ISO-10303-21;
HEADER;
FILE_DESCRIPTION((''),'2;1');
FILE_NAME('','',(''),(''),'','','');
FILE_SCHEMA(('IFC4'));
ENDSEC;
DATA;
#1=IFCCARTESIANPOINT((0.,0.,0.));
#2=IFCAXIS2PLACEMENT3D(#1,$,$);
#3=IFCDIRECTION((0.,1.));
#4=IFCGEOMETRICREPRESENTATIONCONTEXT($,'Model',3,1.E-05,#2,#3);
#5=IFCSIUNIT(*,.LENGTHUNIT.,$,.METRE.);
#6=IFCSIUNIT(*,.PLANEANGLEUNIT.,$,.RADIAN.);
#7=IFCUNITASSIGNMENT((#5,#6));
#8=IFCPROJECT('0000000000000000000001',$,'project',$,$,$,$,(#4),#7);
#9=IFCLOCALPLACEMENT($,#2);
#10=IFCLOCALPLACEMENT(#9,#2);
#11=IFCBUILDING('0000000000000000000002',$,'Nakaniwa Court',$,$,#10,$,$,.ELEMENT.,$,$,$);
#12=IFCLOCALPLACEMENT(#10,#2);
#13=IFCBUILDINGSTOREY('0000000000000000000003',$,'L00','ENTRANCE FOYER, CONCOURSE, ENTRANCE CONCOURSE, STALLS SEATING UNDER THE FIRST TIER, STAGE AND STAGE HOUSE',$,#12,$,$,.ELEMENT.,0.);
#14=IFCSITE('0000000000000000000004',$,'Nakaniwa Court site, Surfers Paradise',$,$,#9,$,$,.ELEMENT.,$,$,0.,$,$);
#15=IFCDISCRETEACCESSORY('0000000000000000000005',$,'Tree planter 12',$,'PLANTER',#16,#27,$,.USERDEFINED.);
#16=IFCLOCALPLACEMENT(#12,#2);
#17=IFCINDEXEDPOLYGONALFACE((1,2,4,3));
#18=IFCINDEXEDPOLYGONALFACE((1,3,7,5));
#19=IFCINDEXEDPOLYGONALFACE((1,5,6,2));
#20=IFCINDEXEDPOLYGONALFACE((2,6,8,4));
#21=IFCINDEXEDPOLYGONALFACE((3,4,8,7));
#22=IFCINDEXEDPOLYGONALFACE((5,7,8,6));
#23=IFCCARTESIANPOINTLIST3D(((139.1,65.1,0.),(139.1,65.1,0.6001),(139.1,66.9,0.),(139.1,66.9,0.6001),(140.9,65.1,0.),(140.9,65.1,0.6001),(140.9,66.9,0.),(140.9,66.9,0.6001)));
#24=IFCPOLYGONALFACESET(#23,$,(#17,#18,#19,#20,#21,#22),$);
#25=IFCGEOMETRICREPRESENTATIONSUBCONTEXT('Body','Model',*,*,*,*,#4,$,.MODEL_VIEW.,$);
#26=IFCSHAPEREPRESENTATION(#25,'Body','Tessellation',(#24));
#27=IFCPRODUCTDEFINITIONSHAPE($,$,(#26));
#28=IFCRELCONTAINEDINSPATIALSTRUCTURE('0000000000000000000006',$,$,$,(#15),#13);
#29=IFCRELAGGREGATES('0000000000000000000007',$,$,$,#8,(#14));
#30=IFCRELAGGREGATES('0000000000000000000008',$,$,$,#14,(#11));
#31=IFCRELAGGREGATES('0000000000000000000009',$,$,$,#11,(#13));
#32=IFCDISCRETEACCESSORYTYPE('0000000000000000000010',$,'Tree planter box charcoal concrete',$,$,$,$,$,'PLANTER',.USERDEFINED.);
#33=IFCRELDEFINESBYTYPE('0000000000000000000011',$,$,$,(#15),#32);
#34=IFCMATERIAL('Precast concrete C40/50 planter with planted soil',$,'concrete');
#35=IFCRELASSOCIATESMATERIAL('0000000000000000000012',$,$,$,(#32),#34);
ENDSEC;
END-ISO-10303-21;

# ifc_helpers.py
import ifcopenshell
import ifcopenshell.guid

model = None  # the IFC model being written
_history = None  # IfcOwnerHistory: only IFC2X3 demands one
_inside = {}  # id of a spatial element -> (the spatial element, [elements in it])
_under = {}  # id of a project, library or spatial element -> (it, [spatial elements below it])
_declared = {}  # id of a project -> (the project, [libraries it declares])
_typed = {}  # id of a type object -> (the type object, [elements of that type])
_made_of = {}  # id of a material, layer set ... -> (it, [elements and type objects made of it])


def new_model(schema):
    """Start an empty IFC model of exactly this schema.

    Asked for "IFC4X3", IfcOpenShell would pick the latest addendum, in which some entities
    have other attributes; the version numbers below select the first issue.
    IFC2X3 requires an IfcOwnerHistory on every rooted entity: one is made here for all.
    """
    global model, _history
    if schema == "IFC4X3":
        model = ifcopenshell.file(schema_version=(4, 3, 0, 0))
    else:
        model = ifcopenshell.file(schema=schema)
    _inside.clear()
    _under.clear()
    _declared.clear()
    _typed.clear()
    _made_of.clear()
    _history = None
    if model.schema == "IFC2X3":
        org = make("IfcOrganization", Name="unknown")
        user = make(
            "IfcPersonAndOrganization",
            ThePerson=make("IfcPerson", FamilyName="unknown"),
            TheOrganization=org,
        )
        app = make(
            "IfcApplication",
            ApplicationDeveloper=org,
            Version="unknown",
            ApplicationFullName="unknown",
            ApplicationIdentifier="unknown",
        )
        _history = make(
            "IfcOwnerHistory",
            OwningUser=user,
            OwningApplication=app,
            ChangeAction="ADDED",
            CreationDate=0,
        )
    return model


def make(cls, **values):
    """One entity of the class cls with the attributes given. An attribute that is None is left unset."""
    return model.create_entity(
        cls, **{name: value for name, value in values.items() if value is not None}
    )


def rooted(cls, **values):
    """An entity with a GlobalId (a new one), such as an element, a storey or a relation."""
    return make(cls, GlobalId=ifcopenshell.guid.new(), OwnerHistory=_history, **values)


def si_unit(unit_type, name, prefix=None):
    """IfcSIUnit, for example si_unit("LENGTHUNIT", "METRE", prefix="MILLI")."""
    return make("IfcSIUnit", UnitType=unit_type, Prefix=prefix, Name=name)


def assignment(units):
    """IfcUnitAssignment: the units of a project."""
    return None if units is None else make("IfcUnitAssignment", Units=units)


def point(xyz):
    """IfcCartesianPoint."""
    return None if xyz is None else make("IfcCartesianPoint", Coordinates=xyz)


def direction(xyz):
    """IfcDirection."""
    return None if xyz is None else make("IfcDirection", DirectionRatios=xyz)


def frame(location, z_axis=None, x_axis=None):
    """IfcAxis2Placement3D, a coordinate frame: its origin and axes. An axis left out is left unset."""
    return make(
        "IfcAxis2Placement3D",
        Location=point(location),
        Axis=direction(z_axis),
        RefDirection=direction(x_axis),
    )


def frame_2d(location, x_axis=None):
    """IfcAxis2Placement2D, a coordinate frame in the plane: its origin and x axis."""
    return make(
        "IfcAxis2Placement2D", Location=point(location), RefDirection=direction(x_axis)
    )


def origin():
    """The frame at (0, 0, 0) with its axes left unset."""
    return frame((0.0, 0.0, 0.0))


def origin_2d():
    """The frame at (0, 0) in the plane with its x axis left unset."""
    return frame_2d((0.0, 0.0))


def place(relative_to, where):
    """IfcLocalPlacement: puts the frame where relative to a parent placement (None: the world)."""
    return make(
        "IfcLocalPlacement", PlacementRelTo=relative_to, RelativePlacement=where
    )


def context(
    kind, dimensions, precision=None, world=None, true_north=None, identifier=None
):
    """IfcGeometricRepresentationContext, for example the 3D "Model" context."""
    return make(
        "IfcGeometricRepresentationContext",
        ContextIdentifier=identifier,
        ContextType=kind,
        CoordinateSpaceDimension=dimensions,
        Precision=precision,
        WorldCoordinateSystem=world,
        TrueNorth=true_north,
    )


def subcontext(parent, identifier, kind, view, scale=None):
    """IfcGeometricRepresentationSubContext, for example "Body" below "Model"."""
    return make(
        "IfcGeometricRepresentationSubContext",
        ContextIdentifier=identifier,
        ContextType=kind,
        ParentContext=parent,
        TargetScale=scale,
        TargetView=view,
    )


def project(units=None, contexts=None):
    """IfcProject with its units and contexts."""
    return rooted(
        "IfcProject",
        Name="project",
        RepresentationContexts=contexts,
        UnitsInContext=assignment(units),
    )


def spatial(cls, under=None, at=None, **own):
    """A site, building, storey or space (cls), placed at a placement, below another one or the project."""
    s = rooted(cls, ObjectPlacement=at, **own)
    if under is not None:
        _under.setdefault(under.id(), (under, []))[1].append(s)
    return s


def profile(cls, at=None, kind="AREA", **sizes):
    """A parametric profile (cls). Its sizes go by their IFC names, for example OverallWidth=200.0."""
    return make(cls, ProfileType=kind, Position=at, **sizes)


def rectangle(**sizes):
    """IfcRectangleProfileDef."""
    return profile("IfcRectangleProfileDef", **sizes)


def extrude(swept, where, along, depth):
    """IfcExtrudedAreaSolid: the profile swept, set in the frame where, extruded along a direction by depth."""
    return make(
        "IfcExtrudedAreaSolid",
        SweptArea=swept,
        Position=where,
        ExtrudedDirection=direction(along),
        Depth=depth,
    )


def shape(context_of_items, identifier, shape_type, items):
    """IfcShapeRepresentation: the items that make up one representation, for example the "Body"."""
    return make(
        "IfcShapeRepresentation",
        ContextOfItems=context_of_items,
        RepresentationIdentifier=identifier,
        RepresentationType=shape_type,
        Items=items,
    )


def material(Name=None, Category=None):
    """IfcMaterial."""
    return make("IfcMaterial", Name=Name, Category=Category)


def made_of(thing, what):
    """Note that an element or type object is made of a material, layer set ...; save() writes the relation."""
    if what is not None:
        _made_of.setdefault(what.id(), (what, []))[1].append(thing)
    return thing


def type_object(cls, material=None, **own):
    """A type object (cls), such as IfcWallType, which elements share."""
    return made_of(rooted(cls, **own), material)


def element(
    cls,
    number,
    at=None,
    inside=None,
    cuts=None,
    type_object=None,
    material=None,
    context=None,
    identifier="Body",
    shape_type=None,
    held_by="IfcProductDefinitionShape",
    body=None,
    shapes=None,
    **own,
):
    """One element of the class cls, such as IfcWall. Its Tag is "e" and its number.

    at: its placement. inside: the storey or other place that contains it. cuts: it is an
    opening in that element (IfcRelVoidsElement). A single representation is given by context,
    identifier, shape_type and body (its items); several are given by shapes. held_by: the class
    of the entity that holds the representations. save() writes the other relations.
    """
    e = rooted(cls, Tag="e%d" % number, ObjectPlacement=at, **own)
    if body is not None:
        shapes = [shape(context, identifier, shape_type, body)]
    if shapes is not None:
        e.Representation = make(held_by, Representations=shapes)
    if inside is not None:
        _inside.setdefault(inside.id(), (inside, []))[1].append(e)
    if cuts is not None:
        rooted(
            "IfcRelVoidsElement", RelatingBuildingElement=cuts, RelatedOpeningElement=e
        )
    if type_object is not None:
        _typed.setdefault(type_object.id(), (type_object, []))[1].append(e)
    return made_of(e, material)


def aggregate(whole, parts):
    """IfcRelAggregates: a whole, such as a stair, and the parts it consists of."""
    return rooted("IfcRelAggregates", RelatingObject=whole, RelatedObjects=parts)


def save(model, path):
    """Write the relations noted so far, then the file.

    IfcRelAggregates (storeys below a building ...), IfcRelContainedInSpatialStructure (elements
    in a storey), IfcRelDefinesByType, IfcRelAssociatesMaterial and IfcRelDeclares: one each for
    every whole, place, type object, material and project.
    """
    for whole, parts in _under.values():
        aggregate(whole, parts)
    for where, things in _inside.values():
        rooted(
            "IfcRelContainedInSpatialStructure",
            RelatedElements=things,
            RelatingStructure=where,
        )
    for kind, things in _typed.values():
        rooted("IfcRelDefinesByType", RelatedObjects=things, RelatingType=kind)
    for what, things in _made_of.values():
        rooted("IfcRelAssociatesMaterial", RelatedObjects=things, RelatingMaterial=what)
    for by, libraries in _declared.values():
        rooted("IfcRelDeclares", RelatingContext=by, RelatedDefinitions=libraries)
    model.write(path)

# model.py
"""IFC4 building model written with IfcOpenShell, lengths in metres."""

from ifc_helpers import new_model, si_unit, direction, frame, origin, origin_2d, place, context, subcontext, project, spatial, rectangle, extrude, material, type_object, element, save


model = new_model("IFC4")

# Units and contexts
model_context = context("Model", 3, precision=1e-05, world=origin(), true_north=direction((0.0, 1.0)))
body_context = subcontext(model_context, "Body", "Model", "MODEL_VIEW")
ifc_project = project(units=[si_unit("LENGTHUNIT", "METRE"), si_unit("PLANEANGLEUNIT", "RADIAN")], contexts=[model_context])

# Site, building, storey
site_placement = place(None, origin())
site = spatial("IfcSite", under=ifc_project, at=site_placement, Name="Nakaniwa Court site, Surfers Paradise", CompositionType="ELEMENT", RefElevation=0.0)
building_placement = place(site_placement, origin())
building = spatial("IfcBuilding", under=site, at=building_placement, Name="Nakaniwa Court", CompositionType="ELEMENT")
storey_placement = place(building_placement, origin())
storey = spatial("IfcBuildingStorey", under=building, at=storey_placement, Name="L00", Description="ENTRANCE FOYER, CONCOURSE, ENTRANCE CONCOURSE, STALLS SEATING UNDER THE FIRST TIER, STAGE AND STAGE HOUSE", CompositionType="ELEMENT", Elevation=0.0)

# Discrete accessory
ifc_material_1 = material(Name="Precast concrete C40/50 planter with planted soil", Category="concrete")
discrete_accessory_type = type_object("IfcDiscreteAccessoryType", Name="Tree planter box charcoal concrete", ElementType="PLANTER", PredefinedType="USERDEFINED", material=ifc_material_1)
discrete_accessory_placement = place(storey_placement, frame((140.0, 66.0, 0.0), z_axis=(0.0, 0.0, 1.0), x_axis=(1.0, 0.0, 0.0)))
element("IfcDiscreteAccessory", 1, at=discrete_accessory_placement, inside=storey, type_object=discrete_accessory_type, Name="Tree planter 12", ObjectType="PLANTER", PredefinedType="USERDEFINED", context=body_context, shape_type="SweptSolid", body=[
    extrude(rectangle(XDim=1.8, YDim=1.8, at=origin_2d()), origin(), (0.0, 0.0, 1.0), 0.6001),
])

save(model, "model.ifc")
